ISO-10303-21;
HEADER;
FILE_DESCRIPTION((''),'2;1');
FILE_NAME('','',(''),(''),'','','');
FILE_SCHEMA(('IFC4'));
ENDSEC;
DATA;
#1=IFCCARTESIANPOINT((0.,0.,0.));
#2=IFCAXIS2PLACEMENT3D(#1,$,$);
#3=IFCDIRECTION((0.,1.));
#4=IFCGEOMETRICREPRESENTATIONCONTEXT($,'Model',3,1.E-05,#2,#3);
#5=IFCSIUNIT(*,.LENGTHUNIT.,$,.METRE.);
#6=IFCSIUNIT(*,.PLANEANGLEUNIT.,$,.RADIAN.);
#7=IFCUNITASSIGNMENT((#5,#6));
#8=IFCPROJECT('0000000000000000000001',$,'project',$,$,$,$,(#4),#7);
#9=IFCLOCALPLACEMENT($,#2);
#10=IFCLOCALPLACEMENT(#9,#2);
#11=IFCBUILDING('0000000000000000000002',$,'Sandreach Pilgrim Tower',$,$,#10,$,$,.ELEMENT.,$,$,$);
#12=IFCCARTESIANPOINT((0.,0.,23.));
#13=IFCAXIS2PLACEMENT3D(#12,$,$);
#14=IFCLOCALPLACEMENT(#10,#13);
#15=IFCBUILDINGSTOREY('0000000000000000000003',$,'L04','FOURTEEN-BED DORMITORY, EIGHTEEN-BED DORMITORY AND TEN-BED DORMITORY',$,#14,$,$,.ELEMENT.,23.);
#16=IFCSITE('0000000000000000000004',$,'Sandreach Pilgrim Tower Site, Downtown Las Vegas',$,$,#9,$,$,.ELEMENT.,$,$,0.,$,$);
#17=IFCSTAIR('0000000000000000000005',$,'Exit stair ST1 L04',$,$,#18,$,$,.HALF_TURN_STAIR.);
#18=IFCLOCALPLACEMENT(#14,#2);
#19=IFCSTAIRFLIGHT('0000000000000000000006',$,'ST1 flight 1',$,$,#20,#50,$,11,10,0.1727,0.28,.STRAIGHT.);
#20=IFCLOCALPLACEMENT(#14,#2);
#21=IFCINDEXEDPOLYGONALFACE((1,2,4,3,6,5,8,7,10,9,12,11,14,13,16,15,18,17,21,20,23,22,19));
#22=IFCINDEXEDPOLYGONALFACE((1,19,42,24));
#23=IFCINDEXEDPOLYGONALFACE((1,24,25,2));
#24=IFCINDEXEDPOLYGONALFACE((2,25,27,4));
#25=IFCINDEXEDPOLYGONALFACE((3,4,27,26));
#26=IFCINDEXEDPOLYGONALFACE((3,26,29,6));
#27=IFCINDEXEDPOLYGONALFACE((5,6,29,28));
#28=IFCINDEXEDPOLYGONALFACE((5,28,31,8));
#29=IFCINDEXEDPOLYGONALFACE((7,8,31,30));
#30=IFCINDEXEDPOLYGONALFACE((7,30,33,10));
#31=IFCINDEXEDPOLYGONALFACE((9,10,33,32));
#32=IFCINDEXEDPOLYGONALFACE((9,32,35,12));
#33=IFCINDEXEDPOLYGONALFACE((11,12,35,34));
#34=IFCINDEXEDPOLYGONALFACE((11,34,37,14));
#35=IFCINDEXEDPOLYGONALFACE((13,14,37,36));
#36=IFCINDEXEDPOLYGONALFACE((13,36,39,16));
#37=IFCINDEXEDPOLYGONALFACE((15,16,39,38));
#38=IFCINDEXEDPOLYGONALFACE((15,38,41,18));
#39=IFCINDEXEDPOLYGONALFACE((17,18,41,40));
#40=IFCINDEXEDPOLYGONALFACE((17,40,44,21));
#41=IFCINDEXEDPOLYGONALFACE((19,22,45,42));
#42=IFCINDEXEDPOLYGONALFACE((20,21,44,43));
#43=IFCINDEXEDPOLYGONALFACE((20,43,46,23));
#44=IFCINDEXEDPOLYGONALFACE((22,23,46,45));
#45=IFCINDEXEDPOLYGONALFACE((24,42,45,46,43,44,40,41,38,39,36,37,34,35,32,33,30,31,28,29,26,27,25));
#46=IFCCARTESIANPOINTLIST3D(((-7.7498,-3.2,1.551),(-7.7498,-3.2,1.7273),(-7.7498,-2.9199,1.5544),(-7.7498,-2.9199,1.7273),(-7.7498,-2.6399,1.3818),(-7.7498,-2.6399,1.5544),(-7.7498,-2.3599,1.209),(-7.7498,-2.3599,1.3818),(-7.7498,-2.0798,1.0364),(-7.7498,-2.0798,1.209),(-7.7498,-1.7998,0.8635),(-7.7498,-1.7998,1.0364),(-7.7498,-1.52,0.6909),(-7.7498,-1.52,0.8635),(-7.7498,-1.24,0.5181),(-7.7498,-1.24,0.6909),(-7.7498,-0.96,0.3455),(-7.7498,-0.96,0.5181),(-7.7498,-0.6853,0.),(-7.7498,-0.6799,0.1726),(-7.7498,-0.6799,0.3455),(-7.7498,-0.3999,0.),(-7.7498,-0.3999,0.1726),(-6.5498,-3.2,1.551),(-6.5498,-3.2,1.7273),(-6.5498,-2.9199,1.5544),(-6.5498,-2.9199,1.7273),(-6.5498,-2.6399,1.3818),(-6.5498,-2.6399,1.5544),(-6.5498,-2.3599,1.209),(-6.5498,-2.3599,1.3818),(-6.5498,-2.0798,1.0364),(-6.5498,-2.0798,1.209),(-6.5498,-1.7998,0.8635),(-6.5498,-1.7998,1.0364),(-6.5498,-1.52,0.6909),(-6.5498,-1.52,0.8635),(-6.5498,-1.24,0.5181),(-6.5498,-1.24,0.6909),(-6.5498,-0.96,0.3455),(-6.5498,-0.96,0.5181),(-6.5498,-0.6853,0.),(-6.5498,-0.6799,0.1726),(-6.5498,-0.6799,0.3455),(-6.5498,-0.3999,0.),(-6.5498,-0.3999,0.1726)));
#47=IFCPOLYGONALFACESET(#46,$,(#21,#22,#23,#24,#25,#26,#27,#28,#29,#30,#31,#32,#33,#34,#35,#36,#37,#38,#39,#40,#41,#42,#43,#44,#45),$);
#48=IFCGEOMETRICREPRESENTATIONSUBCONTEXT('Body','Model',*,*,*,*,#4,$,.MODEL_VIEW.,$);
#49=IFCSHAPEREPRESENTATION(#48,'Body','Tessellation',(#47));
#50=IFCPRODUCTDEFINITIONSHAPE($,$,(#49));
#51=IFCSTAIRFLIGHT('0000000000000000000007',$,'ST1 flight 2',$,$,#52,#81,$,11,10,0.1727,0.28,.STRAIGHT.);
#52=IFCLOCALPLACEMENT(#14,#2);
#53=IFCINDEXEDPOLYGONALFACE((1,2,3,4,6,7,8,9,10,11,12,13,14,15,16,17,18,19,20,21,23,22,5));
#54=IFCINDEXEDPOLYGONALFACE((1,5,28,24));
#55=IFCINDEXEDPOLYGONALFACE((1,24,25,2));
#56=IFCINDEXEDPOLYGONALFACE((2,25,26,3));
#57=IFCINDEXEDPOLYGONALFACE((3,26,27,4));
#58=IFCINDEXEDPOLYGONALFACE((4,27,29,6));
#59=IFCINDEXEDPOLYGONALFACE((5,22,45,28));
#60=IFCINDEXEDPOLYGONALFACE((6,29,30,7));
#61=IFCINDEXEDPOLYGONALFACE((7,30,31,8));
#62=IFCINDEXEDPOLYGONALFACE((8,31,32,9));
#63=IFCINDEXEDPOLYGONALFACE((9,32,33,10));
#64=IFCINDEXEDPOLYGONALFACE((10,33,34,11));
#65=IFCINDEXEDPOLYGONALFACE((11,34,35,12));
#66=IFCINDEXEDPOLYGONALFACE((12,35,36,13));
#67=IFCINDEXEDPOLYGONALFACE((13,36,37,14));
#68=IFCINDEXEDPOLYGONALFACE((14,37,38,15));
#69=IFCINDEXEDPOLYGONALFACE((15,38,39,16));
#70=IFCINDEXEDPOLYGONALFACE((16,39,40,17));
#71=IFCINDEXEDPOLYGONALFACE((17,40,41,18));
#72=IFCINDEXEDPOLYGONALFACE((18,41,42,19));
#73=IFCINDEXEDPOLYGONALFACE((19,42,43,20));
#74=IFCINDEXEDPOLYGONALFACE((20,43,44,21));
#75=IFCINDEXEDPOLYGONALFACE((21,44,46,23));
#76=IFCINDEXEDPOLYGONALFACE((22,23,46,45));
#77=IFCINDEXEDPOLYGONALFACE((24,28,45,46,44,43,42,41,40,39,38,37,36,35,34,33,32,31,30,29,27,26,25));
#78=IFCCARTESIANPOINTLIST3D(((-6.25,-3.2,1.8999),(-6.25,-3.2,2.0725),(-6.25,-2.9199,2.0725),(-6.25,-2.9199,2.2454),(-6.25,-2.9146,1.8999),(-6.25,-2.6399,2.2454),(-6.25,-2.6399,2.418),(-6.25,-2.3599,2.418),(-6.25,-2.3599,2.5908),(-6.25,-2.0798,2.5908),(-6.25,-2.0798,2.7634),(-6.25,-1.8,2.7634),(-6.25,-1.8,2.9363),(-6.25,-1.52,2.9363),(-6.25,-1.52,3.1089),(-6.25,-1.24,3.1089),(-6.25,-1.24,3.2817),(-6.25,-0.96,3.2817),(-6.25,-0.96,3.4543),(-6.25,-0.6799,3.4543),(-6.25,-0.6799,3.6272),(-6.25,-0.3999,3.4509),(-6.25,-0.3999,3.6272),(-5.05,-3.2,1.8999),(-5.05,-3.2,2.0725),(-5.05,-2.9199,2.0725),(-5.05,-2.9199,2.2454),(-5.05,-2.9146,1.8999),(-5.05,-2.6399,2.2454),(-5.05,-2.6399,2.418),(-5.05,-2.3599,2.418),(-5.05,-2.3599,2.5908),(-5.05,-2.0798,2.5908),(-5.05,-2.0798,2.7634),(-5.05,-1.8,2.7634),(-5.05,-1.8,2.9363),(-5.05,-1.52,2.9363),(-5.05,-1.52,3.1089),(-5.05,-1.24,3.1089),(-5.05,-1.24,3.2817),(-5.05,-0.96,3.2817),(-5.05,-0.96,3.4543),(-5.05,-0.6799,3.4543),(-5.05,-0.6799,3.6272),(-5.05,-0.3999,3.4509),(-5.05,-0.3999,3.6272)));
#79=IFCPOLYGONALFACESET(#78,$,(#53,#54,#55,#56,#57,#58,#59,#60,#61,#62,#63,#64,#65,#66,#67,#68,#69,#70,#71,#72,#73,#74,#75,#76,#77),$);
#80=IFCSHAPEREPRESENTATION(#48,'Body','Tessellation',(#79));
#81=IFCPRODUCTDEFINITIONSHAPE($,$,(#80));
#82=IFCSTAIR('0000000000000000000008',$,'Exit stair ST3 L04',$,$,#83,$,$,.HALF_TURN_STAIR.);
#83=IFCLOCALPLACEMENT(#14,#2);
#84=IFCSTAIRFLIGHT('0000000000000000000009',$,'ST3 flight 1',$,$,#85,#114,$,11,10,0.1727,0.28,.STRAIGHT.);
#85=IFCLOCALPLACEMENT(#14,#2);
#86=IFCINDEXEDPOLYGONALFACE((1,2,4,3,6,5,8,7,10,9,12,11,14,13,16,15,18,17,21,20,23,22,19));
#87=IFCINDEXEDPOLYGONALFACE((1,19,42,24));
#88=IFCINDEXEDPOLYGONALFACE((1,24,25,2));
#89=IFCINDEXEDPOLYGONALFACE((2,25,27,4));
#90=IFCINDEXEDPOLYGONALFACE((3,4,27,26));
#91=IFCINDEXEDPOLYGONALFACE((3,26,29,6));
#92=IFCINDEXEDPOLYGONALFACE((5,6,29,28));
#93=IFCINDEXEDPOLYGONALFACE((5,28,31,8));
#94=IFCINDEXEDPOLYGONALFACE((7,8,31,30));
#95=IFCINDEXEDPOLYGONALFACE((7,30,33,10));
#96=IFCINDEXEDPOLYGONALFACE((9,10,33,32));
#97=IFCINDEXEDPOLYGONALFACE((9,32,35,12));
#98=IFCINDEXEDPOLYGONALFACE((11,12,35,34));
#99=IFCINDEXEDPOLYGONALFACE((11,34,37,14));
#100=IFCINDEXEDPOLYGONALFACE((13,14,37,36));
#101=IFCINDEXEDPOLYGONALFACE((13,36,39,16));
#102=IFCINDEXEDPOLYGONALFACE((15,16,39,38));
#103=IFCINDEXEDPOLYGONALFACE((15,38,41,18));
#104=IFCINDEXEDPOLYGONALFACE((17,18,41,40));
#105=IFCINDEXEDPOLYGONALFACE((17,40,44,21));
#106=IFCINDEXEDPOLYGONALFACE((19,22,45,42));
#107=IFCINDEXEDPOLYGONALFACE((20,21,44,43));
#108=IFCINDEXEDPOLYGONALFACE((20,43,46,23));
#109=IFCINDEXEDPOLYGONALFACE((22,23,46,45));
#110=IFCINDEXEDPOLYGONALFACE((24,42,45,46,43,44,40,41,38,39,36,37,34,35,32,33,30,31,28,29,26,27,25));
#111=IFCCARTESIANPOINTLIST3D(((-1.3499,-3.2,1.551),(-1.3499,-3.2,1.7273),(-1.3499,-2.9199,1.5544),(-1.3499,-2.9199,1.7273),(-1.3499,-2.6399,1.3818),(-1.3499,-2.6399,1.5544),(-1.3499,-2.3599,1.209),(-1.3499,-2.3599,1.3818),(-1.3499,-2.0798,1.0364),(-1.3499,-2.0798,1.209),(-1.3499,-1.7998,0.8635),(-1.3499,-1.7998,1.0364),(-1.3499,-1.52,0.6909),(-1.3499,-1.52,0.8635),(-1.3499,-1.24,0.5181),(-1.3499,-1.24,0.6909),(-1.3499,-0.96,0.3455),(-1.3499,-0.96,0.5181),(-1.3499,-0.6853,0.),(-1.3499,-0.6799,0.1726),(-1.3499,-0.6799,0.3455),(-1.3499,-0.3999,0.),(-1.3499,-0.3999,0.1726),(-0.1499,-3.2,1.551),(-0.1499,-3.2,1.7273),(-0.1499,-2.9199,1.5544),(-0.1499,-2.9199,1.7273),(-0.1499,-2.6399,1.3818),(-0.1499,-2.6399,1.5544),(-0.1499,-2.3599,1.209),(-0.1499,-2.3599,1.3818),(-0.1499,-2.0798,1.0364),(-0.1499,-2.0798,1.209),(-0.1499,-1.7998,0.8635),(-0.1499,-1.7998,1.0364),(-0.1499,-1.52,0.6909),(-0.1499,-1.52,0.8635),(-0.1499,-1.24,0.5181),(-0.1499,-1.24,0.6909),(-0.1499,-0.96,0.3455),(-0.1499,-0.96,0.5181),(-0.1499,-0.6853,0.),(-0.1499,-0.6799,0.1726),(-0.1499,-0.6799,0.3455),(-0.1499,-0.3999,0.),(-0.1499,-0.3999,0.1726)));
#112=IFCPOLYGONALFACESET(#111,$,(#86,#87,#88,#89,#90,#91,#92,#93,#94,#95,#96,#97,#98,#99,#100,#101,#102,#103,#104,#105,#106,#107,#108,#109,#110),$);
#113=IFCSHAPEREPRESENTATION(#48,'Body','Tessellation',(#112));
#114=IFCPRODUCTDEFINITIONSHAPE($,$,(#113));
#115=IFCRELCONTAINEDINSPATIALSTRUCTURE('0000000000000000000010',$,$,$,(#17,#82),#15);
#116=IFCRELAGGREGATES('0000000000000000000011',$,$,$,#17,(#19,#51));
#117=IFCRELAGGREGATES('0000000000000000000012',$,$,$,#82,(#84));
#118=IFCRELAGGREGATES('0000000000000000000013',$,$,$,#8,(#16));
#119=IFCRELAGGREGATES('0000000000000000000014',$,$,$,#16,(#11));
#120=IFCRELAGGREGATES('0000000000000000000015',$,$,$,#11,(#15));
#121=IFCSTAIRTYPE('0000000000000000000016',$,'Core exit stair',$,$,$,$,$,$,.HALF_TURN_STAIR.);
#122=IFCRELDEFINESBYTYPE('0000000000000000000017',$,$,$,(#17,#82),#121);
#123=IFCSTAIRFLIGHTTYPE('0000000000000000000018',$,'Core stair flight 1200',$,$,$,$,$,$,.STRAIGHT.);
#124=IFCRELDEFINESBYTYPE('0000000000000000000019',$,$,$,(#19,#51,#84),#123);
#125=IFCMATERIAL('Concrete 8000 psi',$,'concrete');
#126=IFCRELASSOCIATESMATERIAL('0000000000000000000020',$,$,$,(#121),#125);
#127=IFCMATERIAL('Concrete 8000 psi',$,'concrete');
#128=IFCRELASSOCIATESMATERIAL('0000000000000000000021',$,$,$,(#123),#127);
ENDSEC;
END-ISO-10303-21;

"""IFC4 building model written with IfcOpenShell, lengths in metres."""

from ifc_helpers import new_model, si_unit, direction, frame, origin, place, context, subcontext, project, spatial, polyline, outline, extrude, material, type_object, element, aggregate, save


model = new_model("IFC4")

# Units and contexts
model_context = context("Model", 3, precision=1e-05, world=origin(), true_north=direction((0.0, 1.0)))
body_context = subcontext(model_context, "Body", "Model", "MODEL_VIEW")
ifc_project = project(units=[si_unit("LENGTHUNIT", "METRE"), si_unit("PLANEANGLEUNIT", "RADIAN")], contexts=[model_context])

# Site, building, storey
site_placement = place(None, origin())
site = spatial("IfcSite", under=ifc_project, at=site_placement, Name="Sandreach Pilgrim Tower Site, Downtown Las Vegas", CompositionType="ELEMENT", RefElevation=0.0)
building_placement = place(site_placement, origin())
building = spatial("IfcBuilding", under=site, at=building_placement, Name="Sandreach Pilgrim Tower", CompositionType="ELEMENT")
storey_placement = place(building_placement, frame((0.0, 0.0, 23.0)))
storey = spatial("IfcBuildingStorey", under=building, at=storey_placement, Name="L04", Description="FOURTEEN-BED DORMITORY, EIGHTEEN-BED DORMITORY AND TEN-BED DORMITORY", CompositionType="ELEMENT", Elevation=23.0)

# Stair, stair flights
ifc_material_1 = material(Name="Concrete 8000 psi", Category="concrete")
stair_type = type_object("IfcStairType", Name="Core exit stair", PredefinedType="HALF_TURN_STAIR", material=ifc_material_1)
stair_1_placement = place(storey_placement, origin())
stair_1 = element("IfcStair", 1, at=stair_1_placement, inside=storey, type_object=stair_type, Name="Exit stair ST1 L04", PredefinedType="HALF_TURN_STAIR")
ifc_material_2 = material(Name="Concrete 8000 psi", Category="concrete")
stair_flight_type = type_object("IfcStairFlightType", Name="Core stair flight 1200", PredefinedType="STRAIGHT", material=ifc_material_2)
stair_flight_1_placement = place(storey_placement, frame((-7.1499, -0.3999, 0.0), z_axis=(0.0, 0.0, 1.0), x_axis=(0.0, -1.0, 0.0)))
stair_flight_1 = element("IfcStairFlight", 2, at=stair_flight_1_placement, type_object=stair_flight_type, Name="ST1 flight 1", NumberOfRisers=11, NumberOfTreads=10, PredefinedType="STRAIGHT", RiserHeight=0.1727, TreadLength=0.28, context=body_context, shape_type="SweptSolid", body=[
    extrude(outline(polyline([(0.0, 0.0), (0.0, 0.1726), (0.28, 0.1726), (0.28, 0.3455), (0.5601, 0.3455), (0.5601, 0.5181), (0.8401, 0.5181), (0.8401, 0.6909), (1.1201, 0.6909), (1.1201, 0.8635), (1.3999, 0.8635), (1.3999, 1.0364), (1.6799, 1.0364), (1.6799, 1.209), (1.96, 1.209), (1.96, 1.3818), (2.24, 1.3818), (2.24, 1.5544), (2.52, 1.5544), (2.52, 1.7273), (2.8, 1.7273), (2.8, 1.8999), (2.8, 1.551), (0.2854, 0.0), (0.0, 0.0)])), frame((0.0, 0.6001, 0.0), z_axis=(0.0, -1.0, 0.0), x_axis=(1.0, 0.0, 0.0)), (0.0, 0.0, 1.0), 1.2),
])
stair_flight_2_placement = place(storey_placement, frame((-5.6499, -3.2, 1.8999), z_axis=(0.0, 0.0, 1.0), x_axis=(0.0, 1.0, 0.0)))
stair_flight_2 = element("IfcStairFlight", 3, at=stair_flight_2_placement, type_object=stair_flight_type, Name="ST1 flight 2", NumberOfRisers=11, NumberOfTreads=10, PredefinedType="STRAIGHT", RiserHeight=0.1727, TreadLength=0.28, context=body_context, shape_type="SweptSolid", body=[
    extrude(outline(polyline([(0.0, 0.0), (0.0, 0.1726), (0.28, 0.1726), (0.28, 0.3455), (0.5601, 0.3455), (0.5601, 0.5181), (0.8401, 0.5181), (0.8401, 0.6909), (1.1201, 0.6909), (1.1201, 0.8635), (1.3999, 0.8635), (1.3999, 1.0364), (1.6799, 1.0364), (1.6799, 1.209), (1.96, 1.209), (1.96, 1.3818), (2.24, 1.3818), (2.24, 1.5544), (2.52, 1.5544), (2.52, 1.7273), (2.8, 1.7273), (2.8, 1.8999), (2.8, 1.551), (0.2854, 0.0), (0.0, 0.0)])), frame((0.0, 0.6001, 0.0), z_axis=(0.0, -1.0, 0.0), x_axis=(1.0, 0.0, 0.0)), (0.0, 0.0, 1.0), 1.2),
])
aggregate(stair_1, [stair_flight_1, stair_flight_2])

# Stair, stair flight
stair_2_placement = place(storey_placement, origin())
stair_2 = element("IfcStair", 4, at=stair_2_placement, inside=storey, type_object=stair_type, Name="Exit stair ST3 L04", PredefinedType="HALF_TURN_STAIR")
stair_flight_3_placement = place(storey_placement, frame((-0.75, -0.3999, 0.0), z_axis=(0.0, 0.0, 1.0), x_axis=(0.0, -1.0, 0.0)))
stair_flight_3 = element("IfcStairFlight", 5, at=stair_flight_3_placement, type_object=stair_flight_type, Name="ST3 flight 1", NumberOfRisers=11, NumberOfTreads=10, PredefinedType="STRAIGHT", RiserHeight=0.1727, TreadLength=0.28, context=body_context, shape_type="SweptSolid", body=[
    extrude(outline(polyline([(0.0, 0.0), (0.0, 0.1726), (0.28, 0.1726), (0.28, 0.3455), (0.5601, 0.3455), (0.5601, 0.5181), (0.8401, 0.5181), (0.8401, 0.6909), (1.1201, 0.6909), (1.1201, 0.8635), (1.3999, 0.8635), (1.3999, 1.0364), (1.6799, 1.0364), (1.6799, 1.209), (1.96, 1.209), (1.96, 1.3818), (2.24, 1.3818), (2.24, 1.5544), (2.52, 1.5544), (2.52, 1.7273), (2.8, 1.7273), (2.8, 1.8999), (2.8, 1.551), (0.2854, 0.0), (0.0, 0.0)])), frame((0.0, 0.6001, 0.0), z_axis=(0.0, -1.0, 0.0), x_axis=(1.0, 0.0, 0.0)), (0.0, 0.0, 1.0), 1.2),
])
aggregate(stair_2, [stair_flight_3])

save(model, "model.ifc")
